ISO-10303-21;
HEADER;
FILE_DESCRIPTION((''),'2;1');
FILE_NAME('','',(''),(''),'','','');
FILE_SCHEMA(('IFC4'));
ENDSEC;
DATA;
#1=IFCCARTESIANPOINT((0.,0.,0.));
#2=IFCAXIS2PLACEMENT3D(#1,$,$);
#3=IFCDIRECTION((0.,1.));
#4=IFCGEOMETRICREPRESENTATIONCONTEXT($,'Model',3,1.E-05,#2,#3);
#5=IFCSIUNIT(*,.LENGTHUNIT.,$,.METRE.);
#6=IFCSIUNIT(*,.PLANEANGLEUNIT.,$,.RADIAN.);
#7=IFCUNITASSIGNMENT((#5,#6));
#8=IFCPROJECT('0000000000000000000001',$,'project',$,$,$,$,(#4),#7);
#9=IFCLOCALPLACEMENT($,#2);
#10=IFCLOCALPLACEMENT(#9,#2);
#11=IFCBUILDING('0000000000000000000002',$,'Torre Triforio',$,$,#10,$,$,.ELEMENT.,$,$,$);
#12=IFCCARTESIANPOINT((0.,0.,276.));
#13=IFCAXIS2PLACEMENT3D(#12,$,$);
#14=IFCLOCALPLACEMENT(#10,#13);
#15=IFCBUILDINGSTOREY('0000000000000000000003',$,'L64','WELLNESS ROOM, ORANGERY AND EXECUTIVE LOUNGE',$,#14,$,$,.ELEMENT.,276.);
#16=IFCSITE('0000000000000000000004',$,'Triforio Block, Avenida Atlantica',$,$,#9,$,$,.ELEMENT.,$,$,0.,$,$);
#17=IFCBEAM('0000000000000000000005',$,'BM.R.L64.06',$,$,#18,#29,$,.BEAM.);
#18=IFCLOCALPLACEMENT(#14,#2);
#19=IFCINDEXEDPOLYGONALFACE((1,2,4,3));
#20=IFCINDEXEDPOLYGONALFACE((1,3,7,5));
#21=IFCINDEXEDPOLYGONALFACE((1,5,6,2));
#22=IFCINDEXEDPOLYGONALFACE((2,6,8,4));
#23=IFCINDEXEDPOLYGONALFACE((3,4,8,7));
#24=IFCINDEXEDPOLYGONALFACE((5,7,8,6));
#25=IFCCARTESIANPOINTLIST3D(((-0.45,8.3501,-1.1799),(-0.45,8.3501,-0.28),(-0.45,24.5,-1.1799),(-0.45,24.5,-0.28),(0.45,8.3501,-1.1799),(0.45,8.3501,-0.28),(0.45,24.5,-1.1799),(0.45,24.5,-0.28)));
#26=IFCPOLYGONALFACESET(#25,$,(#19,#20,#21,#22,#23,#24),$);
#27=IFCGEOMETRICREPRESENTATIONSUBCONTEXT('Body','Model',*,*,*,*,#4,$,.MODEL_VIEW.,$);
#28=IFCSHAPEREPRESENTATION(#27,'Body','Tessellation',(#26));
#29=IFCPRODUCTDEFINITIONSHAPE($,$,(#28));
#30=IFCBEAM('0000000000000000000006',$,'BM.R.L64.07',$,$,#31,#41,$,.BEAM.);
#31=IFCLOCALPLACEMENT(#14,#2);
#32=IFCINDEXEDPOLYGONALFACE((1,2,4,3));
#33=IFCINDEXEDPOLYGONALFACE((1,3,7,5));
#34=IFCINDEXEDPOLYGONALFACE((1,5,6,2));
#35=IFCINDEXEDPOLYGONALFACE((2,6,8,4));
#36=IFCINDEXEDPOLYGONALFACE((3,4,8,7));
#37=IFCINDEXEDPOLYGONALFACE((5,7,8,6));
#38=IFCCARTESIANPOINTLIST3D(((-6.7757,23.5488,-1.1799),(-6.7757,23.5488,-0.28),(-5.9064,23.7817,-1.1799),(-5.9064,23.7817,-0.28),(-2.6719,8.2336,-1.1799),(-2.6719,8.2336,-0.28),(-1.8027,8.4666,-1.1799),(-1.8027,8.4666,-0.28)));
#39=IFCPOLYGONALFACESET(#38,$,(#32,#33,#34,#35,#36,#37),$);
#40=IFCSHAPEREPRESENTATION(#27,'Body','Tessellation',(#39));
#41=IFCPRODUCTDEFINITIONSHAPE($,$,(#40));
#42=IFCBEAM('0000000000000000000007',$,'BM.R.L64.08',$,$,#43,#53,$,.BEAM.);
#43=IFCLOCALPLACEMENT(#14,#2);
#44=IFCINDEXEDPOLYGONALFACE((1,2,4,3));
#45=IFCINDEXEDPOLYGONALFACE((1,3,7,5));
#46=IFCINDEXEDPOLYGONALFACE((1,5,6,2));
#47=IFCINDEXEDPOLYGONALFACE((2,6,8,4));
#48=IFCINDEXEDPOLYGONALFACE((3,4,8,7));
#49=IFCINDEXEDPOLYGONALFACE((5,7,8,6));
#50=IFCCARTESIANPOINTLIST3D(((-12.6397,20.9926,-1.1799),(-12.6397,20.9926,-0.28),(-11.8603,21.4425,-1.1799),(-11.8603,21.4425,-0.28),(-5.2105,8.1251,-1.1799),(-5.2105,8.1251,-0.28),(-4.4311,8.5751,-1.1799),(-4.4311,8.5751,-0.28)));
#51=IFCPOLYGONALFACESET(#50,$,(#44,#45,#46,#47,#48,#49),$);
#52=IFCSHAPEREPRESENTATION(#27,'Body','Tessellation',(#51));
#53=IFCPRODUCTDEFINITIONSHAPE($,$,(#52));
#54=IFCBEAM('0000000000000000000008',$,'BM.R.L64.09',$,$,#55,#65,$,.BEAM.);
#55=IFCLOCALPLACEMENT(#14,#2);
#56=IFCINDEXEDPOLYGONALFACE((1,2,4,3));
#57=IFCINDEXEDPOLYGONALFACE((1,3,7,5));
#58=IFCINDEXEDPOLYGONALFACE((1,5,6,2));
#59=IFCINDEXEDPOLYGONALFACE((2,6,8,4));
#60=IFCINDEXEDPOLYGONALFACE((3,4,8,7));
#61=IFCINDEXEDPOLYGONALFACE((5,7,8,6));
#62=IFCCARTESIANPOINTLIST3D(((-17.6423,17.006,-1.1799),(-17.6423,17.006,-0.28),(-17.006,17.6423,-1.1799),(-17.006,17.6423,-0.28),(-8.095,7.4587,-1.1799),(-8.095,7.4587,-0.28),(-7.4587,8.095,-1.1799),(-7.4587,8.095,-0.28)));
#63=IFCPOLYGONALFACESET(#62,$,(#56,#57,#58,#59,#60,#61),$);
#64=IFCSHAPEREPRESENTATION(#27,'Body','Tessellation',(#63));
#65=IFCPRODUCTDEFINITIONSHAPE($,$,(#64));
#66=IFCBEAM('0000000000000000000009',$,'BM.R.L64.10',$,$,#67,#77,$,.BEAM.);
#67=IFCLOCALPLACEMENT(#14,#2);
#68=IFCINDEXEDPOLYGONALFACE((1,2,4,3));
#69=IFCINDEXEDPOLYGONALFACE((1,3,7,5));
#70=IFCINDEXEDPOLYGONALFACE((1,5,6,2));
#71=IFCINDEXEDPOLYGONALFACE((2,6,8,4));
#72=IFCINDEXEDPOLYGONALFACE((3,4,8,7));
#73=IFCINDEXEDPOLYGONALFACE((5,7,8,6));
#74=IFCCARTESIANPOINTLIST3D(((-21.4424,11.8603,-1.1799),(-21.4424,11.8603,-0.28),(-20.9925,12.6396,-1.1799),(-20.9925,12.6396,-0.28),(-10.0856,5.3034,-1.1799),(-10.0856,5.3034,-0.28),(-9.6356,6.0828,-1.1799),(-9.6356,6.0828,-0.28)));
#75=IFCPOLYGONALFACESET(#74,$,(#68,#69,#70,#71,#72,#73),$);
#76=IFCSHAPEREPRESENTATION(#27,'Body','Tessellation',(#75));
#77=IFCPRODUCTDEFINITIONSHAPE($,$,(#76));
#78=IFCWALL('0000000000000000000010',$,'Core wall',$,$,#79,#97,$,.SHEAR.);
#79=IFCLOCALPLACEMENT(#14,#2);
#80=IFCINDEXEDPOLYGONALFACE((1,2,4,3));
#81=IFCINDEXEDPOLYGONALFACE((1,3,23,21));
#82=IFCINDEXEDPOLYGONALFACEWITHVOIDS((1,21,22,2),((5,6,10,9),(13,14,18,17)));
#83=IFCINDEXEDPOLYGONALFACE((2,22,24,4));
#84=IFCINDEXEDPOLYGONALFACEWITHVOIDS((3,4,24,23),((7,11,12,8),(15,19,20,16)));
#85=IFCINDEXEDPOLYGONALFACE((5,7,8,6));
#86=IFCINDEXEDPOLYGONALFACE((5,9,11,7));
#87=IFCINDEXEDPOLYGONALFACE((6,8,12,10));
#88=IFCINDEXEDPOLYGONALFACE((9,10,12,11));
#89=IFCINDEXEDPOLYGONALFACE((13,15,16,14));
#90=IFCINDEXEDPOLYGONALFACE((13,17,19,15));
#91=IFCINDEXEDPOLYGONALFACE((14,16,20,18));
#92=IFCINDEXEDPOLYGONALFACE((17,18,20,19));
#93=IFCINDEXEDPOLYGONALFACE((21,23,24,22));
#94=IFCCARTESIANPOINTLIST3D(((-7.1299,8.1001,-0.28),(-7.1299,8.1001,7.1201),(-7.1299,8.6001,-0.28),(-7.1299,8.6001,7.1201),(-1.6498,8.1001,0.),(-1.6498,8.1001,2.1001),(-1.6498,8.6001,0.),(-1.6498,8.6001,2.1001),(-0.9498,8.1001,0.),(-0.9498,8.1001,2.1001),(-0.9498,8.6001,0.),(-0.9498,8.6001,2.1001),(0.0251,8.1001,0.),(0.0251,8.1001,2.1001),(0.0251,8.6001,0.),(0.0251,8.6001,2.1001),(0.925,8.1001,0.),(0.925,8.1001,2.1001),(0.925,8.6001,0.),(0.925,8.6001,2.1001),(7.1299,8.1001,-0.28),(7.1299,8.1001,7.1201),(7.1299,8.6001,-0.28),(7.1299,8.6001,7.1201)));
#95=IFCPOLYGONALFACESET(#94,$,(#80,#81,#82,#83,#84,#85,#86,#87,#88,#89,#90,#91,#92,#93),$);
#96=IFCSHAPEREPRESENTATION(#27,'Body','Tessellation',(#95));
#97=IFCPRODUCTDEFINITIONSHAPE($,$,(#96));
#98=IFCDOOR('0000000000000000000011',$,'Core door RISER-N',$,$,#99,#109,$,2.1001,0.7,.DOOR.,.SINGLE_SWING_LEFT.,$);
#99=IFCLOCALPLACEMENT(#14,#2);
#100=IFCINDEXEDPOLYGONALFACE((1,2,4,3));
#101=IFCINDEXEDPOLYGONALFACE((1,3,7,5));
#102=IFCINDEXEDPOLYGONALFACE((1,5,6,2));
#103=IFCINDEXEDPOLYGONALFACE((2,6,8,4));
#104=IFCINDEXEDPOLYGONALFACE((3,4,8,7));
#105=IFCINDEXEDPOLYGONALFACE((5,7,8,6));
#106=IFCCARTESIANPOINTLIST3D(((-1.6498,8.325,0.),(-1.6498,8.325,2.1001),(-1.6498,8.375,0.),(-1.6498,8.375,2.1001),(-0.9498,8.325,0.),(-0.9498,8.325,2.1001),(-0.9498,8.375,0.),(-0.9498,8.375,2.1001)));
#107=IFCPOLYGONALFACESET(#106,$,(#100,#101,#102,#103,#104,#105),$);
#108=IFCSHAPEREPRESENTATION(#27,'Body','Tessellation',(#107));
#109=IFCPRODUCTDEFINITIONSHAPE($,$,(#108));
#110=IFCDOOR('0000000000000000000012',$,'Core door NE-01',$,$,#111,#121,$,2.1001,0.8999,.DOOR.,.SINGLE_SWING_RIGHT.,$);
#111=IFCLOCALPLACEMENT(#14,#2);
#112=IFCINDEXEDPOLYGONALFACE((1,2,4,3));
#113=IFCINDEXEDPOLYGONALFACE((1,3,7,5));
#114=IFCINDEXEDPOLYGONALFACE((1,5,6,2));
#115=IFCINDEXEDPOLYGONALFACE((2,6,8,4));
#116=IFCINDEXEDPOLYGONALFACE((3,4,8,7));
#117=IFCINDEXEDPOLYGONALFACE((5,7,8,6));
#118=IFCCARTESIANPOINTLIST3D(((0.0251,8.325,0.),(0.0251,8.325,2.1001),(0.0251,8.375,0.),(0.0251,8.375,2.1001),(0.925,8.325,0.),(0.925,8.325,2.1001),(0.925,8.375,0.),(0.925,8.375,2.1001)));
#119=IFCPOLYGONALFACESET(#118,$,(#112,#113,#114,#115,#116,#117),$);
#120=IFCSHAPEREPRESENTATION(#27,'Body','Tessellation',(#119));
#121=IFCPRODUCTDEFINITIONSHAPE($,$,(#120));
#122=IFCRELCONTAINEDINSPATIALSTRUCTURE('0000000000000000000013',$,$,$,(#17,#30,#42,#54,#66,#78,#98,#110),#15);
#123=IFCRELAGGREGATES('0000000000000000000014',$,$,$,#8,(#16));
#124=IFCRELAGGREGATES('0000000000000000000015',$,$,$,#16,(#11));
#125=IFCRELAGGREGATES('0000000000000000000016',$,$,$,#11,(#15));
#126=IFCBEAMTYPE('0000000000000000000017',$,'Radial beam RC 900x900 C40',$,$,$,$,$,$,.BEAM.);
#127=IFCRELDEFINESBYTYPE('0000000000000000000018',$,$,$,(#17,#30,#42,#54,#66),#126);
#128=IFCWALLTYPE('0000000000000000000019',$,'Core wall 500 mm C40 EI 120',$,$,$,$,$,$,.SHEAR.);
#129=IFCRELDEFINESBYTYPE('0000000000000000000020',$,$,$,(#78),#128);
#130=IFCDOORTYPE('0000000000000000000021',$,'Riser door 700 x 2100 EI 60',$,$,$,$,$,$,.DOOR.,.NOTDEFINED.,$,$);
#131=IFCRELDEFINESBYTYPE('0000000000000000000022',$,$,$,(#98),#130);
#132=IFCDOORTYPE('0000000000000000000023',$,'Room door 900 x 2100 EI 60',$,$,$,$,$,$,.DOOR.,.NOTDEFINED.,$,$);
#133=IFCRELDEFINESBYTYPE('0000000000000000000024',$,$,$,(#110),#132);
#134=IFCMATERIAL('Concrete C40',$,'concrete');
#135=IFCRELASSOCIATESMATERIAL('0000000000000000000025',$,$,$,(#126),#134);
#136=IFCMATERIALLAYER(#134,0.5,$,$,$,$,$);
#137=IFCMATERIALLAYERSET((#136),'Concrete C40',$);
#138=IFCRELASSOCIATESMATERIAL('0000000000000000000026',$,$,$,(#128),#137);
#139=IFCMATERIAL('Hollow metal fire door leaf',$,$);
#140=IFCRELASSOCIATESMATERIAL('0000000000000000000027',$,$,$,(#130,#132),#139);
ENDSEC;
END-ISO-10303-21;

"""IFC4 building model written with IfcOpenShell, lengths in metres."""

from ifc_helpers import new_model, si_unit, direction, frame, frame_2d, origin, origin_2d, place, context, subcontext, project, spatial, rectangle, extrude, material, layer, layer_set, material_profile, profile_set, type_object, element, fill, save


model = new_model("IFC4")

# Units and contexts
model_context = context("Model", 3, precision=1e-05, world=origin(), true_north=direction((0.0, 1.0)))
body_context = subcontext(model_context, "Body", "Model", "MODEL_VIEW")
ifc_project = project(units=[si_unit("LENGTHUNIT", "METRE"), si_unit("PLANEANGLEUNIT", "RADIAN")], contexts=[model_context])

# Site, building, storey
site_placement = place(None, origin())
site = spatial("IfcSite", under=ifc_project, at=site_placement, Name="Triforio Block, Avenida Atlantica", CompositionType="ELEMENT", RefElevation=0.0)
building_placement = place(site_placement, origin())
building = spatial("IfcBuilding", under=site, at=building_placement, Name="Torre Triforio", CompositionType="ELEMENT")
storey_placement = place(building_placement, frame((0.0, 0.0, 276.0)))
storey = spatial("IfcBuildingStorey", under=building, at=storey_placement, Name="L64", Description="WELLNESS ROOM, ORANGERY AND EXECUTIVE LOUNGE", CompositionType="ELEMENT", Elevation=276.0)

# Beams
ifc_material_1 = material(Name="Concrete C40", Category="concrete")
ifc_material_profile = material_profile(ifc_material_1, rectangle(XDim=0.8999, YDim=0.8999, at=origin_2d()), Name="RC 900x900")
ifc_profile_set = profile_set([ifc_material_profile], Name="Concrete C40")
beam_type = type_object("IfcBeamType", Name="Radial beam RC 900x900 C40", PredefinedType="BEAM", material=ifc_profile_set)
beam_1_placement = place(storey_placement, frame((0.0, 8.3501, -0.73), z_axis=(0.0, 1.0, 0.0), x_axis=(-1.0, 0.0, 0.0)))
element("IfcBeam", 1, at=beam_1_placement, inside=storey, type_object=beam_type, Name="BM.R.L64.06", PredefinedType="BEAM", context=body_context, shape_type="SweptSolid", body=[
    extrude(rectangle(XDim=0.8999, YDim=0.8999, at=origin_2d()), origin(), (0.0, 0.0, 1.0), 16.1499),
])
beam_2_placement = place(storey_placement, frame((-2.2373, 8.3501, -0.73), z_axis=(-0.258823, 0.965925, 0.0), x_axis=(-0.965925, -0.258823, 0.0)))
element("IfcBeam", 2, at=beam_2_placement, inside=storey, type_object=beam_type, Name="BM.R.L64.07", PredefinedType="BEAM", context=body_context, shape_type="SweptSolid", body=[
    extrude(rectangle(XDim=0.8999, YDim=0.8999, at=origin_2d()), origin(), (0.0, 0.0, 1.0), 15.8555),
])
beam_3_placement = place(storey_placement, frame((-4.8208, 8.3501, -0.73), z_axis=(-0.500009, 0.86602, 0.0), x_axis=(-0.86602, -0.500009, 0.0)))
element("IfcBeam", 3, at=beam_3_placement, inside=storey, type_object=beam_type, Name="BM.R.L64.08", PredefinedType="BEAM", context=body_context, shape_type="SweptSolid", body=[
    extrude(rectangle(XDim=0.8999, YDim=0.8999, at=origin_2d()), origin(), (0.0, 0.0, 1.0), 14.8582),
])
beam_4_placement = place(storey_placement, frame((-7.7769, 7.7769, -0.73), z_axis=(-0.707107, 0.707107, 0.0), x_axis=(-0.707107, -0.707107, 0.0)))
element("IfcBeam", 4, at=beam_4_placement, inside=storey, type_object=beam_type, Name="BM.R.L64.09", PredefinedType="BEAM", context=body_context, shape_type="SweptSolid", body=[
    extrude(rectangle(XDim=0.8999, YDim=0.8999, at=origin_2d()), origin(), (0.0, 0.0, 1.0), 13.502),
])
beam_5_placement = place(storey_placement, frame((-9.8606, 5.6931, -0.73), z_axis=(-0.866027, 0.499997, 0.0), x_axis=(-0.499997, -0.866027, 0.0)))
element("IfcBeam", 5, at=beam_5_placement, inside=storey, type_object=beam_type, Name="BM.R.L64.10", PredefinedType="BEAM", context=body_context, shape_type="SweptSolid", body=[
    extrude(rectangle(XDim=0.8999, YDim=0.8999, at=origin_2d()), origin(), (0.0, 0.0, 1.0), 13.1138),
])

# Wall, openings, doors
ifc_layer_1 = layer(ifc_material_1, 0.5)
ifc_layer_set_1 = layer_set([ifc_layer_1], Name="Concrete C40")
wall_type_1 = type_object("IfcWallType", Name="Core wall 500 mm C40 EI 120", PredefinedType="SHEAR", material=ifc_layer_set_1)
wall_1_placement = place(storey_placement, frame((-7.1299, 8.3501, -0.28), z_axis=(0.0, 0.0, 1.0), x_axis=(1.0, 0.0, 0.0)))
wall_1 = element("IfcWall", 6, at=wall_1_placement, inside=storey, type_object=wall_type_1, Name="Core wall", PredefinedType="SHEAR", context=body_context, shape_type="SweptSolid", body=[
    extrude(rectangle(XDim=14.2598, YDim=0.5, at=frame_2d((7.1299, 0.0))), origin(), (0.0, 0.0, 1.0), 7.4001),
])
opening_1_placement = place(wall_1_placement, frame((5.48, 0.0, 0.28)))
opening_1 = element("IfcOpeningElement", 7, at=opening_1_placement, cuts=wall_1, PredefinedType="OPENING", context=body_context, shape_type="SweptSolid", body=[
    extrude(rectangle(XDim=0.7, YDim=2.1001, at=frame_2d((0.3501, 1.05))), frame((0.0, 0.26, 0.0), z_axis=(0.0, -1.0, 0.0), x_axis=(1.0, 0.0, 0.0)), (0.0, 0.0, 1.0), 0.52),
])
opening_2_placement = place(wall_1_placement, frame((7.155, 0.0, 0.28)))
opening_2 = element("IfcOpeningElement", 8, at=opening_2_placement, cuts=wall_1, PredefinedType="OPENING", context=body_context, shape_type="SweptSolid", body=[
    extrude(rectangle(XDim=0.8999, YDim=2.1001, at=frame_2d((0.45, 1.05))), frame((0.0, 0.26, 0.0), z_axis=(0.0, -1.0, 0.0), x_axis=(1.0, 0.0, 0.0)), (0.0, 0.0, 1.0), 0.52),
])
ifc_material_2 = material(Name="Hollow metal fire door leaf")
door_type_1 = type_object("IfcDoorType", Name="Riser door 700 x 2100 EI 60", OperationType="NOTDEFINED", PredefinedType="DOOR", material=ifc_material_2)
door_1_placement = place(opening_1_placement, origin())
door_1 = element("IfcDoor", 9, at=door_1_placement, inside=storey, type_object=door_type_1, Name="Core door RISER-N", OperationType="SINGLE_SWING_LEFT", OverallHeight=2.1001, OverallWidth=0.7, PredefinedType="DOOR", context=body_context, shape_type="SweptSolid", body=[
    extrude(rectangle(XDim=0.7, YDim=2.1001, at=frame_2d((0.3501, 1.05))), frame((0.0, 0.0249, 0.0), z_axis=(0.0, -1.0, 0.0), x_axis=(1.0, 0.0, 0.0)), (0.0, 0.0, 1.0), 0.05),
])
fill(opening_1, door_1)
door_type_2 = type_object("IfcDoorType", Name="Room door 900 x 2100 EI 60", OperationType="NOTDEFINED", PredefinedType="DOOR", material=ifc_material_2)
door_2_placement = place(opening_2_placement, origin())
door_2 = element("IfcDoor", 10, at=door_2_placement, inside=storey, type_object=door_type_2, Name="Core door NE-01", OperationType="SINGLE_SWING_RIGHT", OverallHeight=2.1001, OverallWidth=0.8999, PredefinedType="DOOR", context=body_context, shape_type="SweptSolid", body=[
    extrude(rectangle(XDim=0.8999, YDim=2.1001, at=frame_2d((0.45, 1.05))), frame((0.0, 0.0249, 0.0), z_axis=(0.0, -1.0, 0.0), x_axis=(1.0, 0.0, 0.0)), (0.0, 0.0, 1.0), 0.05),
])
fill(opening_2, door_2)

save(model, "model.ifc")
